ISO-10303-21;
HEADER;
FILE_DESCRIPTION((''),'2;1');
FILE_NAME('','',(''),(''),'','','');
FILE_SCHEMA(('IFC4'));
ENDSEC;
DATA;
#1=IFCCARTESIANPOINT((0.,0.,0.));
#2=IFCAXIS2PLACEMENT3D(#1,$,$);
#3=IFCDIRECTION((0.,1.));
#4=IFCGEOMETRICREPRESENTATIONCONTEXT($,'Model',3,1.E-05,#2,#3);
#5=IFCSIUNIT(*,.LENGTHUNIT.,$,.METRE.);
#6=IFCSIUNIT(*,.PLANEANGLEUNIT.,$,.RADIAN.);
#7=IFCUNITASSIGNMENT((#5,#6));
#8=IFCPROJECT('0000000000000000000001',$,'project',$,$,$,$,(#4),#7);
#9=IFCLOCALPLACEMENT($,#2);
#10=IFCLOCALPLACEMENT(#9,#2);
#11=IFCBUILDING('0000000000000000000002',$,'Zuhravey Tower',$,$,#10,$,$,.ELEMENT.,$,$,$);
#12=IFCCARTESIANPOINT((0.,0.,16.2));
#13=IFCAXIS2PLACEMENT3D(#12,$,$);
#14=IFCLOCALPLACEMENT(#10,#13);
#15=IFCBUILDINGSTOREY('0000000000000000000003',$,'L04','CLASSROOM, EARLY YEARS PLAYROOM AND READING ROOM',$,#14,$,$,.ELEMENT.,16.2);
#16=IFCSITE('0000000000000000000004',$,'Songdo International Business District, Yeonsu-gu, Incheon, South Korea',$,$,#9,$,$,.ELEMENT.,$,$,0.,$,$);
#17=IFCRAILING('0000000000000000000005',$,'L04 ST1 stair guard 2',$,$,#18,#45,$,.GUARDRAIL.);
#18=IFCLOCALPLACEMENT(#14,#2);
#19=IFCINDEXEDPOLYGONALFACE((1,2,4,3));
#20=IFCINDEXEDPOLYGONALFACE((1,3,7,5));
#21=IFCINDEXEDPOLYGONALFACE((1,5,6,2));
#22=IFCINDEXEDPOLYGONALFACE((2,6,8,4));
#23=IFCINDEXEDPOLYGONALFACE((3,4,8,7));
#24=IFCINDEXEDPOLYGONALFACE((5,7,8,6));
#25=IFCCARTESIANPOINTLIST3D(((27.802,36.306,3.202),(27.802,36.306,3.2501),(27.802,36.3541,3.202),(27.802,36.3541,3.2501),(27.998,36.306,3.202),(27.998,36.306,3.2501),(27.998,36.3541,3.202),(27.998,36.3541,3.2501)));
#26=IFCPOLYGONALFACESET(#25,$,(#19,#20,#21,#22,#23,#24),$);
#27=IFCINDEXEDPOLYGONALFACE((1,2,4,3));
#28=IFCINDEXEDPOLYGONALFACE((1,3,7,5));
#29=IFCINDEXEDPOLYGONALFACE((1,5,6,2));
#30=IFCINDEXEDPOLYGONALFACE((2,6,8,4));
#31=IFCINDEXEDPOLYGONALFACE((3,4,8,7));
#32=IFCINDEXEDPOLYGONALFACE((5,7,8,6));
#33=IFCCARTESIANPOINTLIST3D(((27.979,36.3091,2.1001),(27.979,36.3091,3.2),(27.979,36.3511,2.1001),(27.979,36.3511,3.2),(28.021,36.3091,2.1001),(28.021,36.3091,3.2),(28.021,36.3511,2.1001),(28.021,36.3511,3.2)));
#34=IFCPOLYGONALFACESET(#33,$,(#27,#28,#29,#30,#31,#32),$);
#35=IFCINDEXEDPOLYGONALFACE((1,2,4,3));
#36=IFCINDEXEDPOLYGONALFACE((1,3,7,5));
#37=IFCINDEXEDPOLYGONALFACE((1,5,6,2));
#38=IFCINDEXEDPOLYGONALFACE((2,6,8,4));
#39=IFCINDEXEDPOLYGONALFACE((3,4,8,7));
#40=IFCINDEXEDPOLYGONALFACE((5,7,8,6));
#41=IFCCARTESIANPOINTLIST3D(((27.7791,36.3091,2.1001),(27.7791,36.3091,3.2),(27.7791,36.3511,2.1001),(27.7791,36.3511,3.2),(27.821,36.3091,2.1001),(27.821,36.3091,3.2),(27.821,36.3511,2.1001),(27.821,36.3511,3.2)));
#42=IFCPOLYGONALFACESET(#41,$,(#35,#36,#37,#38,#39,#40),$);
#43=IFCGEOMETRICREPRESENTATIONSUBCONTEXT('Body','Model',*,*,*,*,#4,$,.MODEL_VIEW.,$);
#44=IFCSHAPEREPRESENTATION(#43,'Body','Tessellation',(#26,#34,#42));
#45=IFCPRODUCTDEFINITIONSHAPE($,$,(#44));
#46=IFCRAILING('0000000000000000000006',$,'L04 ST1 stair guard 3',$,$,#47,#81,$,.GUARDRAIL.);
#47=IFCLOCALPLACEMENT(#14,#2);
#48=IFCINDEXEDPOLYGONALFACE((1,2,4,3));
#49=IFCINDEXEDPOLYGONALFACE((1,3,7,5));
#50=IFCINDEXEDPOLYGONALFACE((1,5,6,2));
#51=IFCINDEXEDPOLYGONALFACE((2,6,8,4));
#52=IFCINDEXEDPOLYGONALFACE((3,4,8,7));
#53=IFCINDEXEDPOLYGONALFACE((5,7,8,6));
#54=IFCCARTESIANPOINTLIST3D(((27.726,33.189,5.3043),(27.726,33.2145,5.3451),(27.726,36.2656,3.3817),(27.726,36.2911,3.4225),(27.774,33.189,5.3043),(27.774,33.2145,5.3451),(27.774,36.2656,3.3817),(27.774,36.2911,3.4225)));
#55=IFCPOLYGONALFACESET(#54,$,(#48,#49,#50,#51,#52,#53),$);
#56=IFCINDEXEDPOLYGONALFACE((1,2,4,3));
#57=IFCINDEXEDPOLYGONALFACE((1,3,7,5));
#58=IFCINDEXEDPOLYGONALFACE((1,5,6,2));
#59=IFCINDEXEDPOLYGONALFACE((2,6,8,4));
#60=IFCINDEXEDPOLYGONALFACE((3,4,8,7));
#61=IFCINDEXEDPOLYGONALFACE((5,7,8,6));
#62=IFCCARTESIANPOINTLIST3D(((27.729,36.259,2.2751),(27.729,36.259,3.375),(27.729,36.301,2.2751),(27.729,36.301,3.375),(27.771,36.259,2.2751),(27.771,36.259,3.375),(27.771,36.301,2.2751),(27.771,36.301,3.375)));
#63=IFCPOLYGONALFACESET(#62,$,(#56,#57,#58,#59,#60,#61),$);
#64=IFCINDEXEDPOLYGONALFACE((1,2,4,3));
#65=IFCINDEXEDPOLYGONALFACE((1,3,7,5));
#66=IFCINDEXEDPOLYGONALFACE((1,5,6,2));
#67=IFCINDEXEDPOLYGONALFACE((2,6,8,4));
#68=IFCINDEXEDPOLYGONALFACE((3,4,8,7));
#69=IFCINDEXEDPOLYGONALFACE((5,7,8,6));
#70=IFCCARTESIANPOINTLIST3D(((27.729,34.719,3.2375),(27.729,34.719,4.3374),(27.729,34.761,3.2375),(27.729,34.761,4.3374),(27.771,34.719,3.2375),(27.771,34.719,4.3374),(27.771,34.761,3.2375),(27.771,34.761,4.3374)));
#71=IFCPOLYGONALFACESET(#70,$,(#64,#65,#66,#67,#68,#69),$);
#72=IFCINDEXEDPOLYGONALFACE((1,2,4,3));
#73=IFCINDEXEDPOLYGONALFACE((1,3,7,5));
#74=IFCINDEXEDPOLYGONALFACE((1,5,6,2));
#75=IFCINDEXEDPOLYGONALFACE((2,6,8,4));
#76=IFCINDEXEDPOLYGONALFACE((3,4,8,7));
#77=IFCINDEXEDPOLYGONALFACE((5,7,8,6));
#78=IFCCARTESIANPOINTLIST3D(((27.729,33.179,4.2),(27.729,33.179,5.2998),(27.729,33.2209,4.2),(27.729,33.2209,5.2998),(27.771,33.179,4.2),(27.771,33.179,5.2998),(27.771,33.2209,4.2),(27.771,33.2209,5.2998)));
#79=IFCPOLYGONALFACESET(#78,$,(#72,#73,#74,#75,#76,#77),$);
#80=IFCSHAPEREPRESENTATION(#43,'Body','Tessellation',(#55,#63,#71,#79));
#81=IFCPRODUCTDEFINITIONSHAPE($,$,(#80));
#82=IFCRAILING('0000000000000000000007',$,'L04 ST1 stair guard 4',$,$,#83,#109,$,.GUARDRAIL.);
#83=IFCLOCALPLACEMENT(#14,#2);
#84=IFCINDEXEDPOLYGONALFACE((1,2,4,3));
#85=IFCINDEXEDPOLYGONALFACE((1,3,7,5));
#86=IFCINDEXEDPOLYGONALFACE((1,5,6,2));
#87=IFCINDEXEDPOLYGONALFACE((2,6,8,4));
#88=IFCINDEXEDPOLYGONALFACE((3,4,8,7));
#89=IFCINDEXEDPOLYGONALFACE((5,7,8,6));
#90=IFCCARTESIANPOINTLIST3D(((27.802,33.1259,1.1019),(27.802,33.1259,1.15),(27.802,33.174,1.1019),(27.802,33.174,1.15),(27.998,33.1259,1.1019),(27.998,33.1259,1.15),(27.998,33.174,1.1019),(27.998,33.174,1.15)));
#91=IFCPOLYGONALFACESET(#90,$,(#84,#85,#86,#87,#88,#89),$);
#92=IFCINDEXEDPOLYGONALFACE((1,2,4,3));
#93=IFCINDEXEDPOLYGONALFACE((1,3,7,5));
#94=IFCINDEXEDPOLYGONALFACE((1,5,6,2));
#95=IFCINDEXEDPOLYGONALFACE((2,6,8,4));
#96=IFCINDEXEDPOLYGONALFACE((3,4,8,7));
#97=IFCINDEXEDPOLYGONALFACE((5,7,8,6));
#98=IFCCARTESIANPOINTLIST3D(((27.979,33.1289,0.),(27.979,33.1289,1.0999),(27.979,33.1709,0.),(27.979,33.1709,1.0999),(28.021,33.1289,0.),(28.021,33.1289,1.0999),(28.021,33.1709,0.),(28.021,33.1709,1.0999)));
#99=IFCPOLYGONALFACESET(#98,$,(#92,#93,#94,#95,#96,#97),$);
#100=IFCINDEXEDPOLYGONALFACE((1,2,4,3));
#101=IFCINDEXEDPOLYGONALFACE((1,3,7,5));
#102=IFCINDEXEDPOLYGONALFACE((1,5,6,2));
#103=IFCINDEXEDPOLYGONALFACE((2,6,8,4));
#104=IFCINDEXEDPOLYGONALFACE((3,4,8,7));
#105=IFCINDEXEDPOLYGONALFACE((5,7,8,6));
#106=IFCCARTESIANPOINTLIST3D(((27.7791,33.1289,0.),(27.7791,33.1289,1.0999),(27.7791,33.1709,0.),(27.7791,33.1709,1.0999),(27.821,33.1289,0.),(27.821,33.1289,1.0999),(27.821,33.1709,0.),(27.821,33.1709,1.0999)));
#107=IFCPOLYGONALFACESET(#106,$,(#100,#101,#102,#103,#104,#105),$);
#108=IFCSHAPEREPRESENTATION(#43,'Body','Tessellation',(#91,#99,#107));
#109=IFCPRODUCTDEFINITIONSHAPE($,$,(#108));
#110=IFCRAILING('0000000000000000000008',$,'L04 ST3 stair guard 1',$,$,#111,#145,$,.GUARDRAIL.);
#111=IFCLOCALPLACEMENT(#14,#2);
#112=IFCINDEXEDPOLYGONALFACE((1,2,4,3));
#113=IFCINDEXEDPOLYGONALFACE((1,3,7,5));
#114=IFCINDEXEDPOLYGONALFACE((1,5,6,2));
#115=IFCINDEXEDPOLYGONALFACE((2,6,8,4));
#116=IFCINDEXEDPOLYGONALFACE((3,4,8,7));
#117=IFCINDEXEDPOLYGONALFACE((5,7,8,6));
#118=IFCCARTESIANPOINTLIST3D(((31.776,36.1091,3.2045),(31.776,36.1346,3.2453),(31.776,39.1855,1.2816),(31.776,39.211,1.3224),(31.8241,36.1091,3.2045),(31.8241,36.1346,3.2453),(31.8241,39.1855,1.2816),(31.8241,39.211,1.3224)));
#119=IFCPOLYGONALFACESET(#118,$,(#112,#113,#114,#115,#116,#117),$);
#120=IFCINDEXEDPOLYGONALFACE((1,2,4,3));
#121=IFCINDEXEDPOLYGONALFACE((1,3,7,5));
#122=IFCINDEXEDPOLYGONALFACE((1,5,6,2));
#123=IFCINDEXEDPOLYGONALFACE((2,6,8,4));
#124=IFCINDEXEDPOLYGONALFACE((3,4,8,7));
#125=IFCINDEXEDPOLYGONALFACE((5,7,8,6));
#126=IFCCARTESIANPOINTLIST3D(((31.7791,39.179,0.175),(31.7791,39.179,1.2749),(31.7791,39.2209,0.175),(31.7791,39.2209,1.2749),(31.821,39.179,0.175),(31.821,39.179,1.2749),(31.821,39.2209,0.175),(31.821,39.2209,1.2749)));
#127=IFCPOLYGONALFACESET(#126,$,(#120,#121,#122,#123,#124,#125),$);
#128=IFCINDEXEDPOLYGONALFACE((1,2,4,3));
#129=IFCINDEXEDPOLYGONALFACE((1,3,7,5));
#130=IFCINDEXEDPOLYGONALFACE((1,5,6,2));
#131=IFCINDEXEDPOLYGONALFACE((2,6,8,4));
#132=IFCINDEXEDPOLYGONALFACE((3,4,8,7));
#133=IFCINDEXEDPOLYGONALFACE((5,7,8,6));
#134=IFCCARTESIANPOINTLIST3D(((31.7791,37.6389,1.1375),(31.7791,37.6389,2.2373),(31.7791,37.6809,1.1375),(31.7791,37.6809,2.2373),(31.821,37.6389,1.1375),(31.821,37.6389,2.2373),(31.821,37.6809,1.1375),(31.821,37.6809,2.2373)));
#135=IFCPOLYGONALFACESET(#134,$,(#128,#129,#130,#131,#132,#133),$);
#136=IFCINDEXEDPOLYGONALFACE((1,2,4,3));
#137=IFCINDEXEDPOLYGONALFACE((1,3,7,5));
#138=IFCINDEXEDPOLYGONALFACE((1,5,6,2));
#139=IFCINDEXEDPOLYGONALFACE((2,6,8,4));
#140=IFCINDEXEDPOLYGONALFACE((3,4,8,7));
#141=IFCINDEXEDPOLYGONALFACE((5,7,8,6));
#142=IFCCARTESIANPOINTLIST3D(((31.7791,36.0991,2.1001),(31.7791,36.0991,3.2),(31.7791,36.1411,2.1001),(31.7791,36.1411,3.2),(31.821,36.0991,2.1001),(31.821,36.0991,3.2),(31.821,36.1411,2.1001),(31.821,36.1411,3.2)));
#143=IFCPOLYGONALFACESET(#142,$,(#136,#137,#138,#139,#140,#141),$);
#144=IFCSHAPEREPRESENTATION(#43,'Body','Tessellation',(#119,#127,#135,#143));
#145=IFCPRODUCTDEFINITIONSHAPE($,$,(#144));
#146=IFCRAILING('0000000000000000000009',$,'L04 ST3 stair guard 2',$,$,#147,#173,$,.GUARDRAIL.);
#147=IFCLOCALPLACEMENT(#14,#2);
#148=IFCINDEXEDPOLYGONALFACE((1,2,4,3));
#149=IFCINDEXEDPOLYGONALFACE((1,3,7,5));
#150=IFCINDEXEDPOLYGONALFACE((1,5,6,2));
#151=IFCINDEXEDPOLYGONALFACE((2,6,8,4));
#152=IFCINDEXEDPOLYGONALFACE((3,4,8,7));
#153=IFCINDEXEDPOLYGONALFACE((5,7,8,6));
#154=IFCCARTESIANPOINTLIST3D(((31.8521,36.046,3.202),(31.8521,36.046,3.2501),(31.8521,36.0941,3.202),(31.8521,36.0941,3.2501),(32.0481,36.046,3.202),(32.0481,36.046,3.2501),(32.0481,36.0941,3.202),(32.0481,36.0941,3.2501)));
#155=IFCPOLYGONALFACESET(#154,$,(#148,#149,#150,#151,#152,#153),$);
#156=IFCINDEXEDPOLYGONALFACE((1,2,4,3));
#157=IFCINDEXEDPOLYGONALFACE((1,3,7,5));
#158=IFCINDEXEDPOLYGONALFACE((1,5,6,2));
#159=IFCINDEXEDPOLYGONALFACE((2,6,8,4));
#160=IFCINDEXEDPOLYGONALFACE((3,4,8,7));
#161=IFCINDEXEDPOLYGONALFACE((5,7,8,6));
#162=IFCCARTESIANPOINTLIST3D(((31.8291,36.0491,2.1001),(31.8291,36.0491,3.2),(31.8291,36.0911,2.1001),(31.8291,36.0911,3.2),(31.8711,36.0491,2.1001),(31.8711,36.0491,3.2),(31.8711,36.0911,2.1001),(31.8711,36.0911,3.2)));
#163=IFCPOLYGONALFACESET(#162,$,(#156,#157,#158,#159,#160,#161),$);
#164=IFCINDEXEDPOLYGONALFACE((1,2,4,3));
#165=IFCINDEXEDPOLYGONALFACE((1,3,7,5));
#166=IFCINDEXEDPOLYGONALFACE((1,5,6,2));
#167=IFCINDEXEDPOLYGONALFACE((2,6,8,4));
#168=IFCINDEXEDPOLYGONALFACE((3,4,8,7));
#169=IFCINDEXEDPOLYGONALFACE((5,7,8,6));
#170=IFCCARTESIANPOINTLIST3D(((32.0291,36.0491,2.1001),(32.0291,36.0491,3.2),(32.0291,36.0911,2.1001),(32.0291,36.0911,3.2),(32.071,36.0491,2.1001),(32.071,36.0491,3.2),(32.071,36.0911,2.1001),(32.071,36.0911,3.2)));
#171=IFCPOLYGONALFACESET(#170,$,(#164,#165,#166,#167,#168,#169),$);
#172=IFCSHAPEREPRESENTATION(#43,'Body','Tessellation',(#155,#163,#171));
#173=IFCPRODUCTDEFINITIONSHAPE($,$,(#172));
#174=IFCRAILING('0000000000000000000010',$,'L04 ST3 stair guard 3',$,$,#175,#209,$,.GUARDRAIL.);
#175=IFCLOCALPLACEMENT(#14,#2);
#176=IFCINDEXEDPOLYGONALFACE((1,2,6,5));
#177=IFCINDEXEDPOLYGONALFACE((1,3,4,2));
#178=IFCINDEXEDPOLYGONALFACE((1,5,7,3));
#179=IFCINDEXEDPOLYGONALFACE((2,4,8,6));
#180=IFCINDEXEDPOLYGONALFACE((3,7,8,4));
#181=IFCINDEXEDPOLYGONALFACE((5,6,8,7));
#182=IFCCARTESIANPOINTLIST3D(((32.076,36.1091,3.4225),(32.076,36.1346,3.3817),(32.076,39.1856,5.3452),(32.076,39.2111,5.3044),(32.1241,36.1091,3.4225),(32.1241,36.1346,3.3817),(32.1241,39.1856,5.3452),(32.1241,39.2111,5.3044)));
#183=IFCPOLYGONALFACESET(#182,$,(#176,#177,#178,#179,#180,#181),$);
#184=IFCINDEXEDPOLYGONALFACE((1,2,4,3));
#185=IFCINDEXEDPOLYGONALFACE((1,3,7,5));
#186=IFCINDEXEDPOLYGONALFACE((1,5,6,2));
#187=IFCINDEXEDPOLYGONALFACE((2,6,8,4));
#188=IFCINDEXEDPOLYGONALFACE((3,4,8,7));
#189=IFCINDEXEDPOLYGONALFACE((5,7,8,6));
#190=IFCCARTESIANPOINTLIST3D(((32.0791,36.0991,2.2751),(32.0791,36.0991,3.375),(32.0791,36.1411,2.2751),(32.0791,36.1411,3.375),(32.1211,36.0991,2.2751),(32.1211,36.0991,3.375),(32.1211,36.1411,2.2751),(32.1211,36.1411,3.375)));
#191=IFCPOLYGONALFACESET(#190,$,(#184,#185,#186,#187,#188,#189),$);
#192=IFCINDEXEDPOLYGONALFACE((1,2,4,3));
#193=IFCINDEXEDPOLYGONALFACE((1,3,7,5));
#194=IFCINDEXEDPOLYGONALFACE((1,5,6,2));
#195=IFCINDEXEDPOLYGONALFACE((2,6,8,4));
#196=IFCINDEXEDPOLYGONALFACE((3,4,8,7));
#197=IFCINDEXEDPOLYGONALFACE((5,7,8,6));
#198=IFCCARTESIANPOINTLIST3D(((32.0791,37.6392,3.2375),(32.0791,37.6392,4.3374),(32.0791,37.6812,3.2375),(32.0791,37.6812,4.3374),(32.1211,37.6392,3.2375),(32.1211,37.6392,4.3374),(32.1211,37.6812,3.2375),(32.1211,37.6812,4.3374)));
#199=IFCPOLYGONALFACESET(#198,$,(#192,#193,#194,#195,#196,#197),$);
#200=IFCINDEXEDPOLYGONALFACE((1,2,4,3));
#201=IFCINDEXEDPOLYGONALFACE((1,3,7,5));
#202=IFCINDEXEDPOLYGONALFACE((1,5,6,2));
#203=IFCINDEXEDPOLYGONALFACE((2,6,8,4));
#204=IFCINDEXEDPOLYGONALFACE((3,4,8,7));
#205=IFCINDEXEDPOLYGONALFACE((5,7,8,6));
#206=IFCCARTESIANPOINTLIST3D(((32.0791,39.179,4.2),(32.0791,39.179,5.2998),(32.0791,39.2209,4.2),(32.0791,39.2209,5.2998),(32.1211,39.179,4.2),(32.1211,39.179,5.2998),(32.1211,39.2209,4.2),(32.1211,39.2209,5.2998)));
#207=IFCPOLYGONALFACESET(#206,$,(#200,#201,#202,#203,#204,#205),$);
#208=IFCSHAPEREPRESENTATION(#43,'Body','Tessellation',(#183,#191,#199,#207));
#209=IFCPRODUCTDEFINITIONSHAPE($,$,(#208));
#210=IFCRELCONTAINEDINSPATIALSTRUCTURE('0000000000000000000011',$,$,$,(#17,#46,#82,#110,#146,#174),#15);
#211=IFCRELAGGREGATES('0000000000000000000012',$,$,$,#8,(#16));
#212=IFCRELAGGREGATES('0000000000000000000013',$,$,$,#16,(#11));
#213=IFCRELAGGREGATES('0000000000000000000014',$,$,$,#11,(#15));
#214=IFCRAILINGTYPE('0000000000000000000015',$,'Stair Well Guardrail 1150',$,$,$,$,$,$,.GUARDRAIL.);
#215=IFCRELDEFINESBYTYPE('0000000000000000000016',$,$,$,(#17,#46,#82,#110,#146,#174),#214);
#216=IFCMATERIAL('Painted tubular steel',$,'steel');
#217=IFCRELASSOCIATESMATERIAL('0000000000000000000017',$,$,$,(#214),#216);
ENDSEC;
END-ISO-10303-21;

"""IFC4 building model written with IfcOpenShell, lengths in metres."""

from ifc_helpers import new_model, si_unit, direction, frame, origin, origin_2d, place, context, subcontext, project, spatial, rectangle, extrude, material, type_object, element, save


model = new_model("IFC4")

# Units and contexts
model_context = context("Model", 3, precision=1e-05, world=origin(), true_north=direction((0.0, 1.0)))
body_context = subcontext(model_context, "Body", "Model", "MODEL_VIEW")
ifc_project = project(units=[si_unit("LENGTHUNIT", "METRE"), si_unit("PLANEANGLEUNIT", "RADIAN")], contexts=[model_context])

# Site, building, storey
site_placement = place(None, origin())
site = spatial("IfcSite", under=ifc_project, at=site_placement, Name="Songdo International Business District, Yeonsu-gu, Incheon, South Korea", CompositionType="ELEMENT", RefElevation=0.0)
building_placement = place(site_placement, origin())
building = spatial("IfcBuilding", under=site, at=building_placement, Name="Zuhravey Tower", CompositionType="ELEMENT")
storey_placement = place(building_placement, frame((0.0, 0.0, 16.2)))
storey = spatial("IfcBuildingStorey", under=building, at=storey_placement, Name="L04", Description="CLASSROOM, EARLY YEARS PLAYROOM AND READING ROOM", CompositionType="ELEMENT", Elevation=16.2)

# Railings
ifc_material_1 = material(Name="Painted tubular steel", Category="steel")
railing_type_1 = type_object("IfcRailingType", Name="Stair Well Guardrail 1150", PredefinedType="GUARDRAIL", material=ifc_material_1)
railing_1_placement = place(storey_placement, frame((28.0, 36.3301, 2.1001)))
element("IfcRailing", 1, at=railing_1_placement, inside=storey, type_object=railing_type_1, Name="L04 ST1 stair guard 2", PredefinedType="GUARDRAIL", context=body_context, shape_type="SweptSolid", body=[
    extrude(rectangle(XDim=0.0481, YDim=0.0481, at=origin_2d()), frame((-0.002, 0.0, 1.126), z_axis=(-1.0, 0.0, 0.0), x_axis=(0.0, -1.0, 0.0)), (0.0, 0.0, 1.0), 0.196),
    extrude(rectangle(XDim=0.042, YDim=0.042, at=origin_2d()), origin(), (0.0, 0.0, 1.0), 1.0999),
    extrude(rectangle(XDim=0.042, YDim=0.042, at=origin_2d()), frame((-0.2, 0.0, 0.0)), (0.0, 0.0, 1.0), 1.0999),
])
railing_2_placement = place(storey_placement, frame((27.75, 36.28, 2.2751)))
element("IfcRailing", 2, at=railing_2_placement, inside=storey, type_object=railing_type_1, Name="L04 ST1 stair guard 3", PredefinedType="GUARDRAIL", context=body_context, shape_type="SweptSolid", body=[
    extrude(rectangle(XDim=0.0481, YDim=0.0481, at=origin_2d()), frame((0.0, -0.0017, 1.127), z_axis=(0.0, -0.848029, 0.529951), x_axis=(1.0, 0.0, 0.0)), (0.0, 0.0, 1.0), 3.6279),
    extrude(rectangle(XDim=0.042, YDim=0.042, at=origin_2d()), origin(), (0.0, 0.0, 1.0), 1.0999),
    extrude(rectangle(XDim=0.042, YDim=0.042, at=origin_2d()), frame((0.0, -1.54, 0.9624)), (0.0, 0.0, 1.0), 1.0999),
    extrude(rectangle(XDim=0.042, YDim=0.042, at=origin_2d()), frame((0.0, -3.0801, 1.9248)), (0.0, 0.0, 1.0), 1.0999),
])
railing_3_placement = place(storey_placement, frame((28.0, 33.1499, 0.0)))
element("IfcRailing", 3, at=railing_3_placement, inside=storey, type_object=railing_type_1, Name="L04 ST1 stair guard 4", PredefinedType="GUARDRAIL", context=body_context, shape_type="SweptSolid", body=[
    extrude(rectangle(XDim=0.0481, YDim=0.0481, at=origin_2d()), frame((-0.002, 0.0, 1.126), z_axis=(-1.0, 0.0, 0.0), x_axis=(0.0, -1.0, 0.0)), (0.0, 0.0, 1.0), 0.196),
    extrude(rectangle(XDim=0.042, YDim=0.042, at=origin_2d()), origin(), (0.0, 0.0, 1.0), 1.0999),
    extrude(rectangle(XDim=0.042, YDim=0.042, at=origin_2d()), frame((-0.2, 0.0, 0.0)), (0.0, 0.0, 1.0), 1.0999),
])
railing_4_placement = place(storey_placement, frame((31.8, 39.2, 0.175)))
element("IfcRailing", 4, at=railing_4_placement, inside=storey, type_object=railing_type_1, Name="L04 ST3 stair guard 1", PredefinedType="GUARDRAIL", context=body_context, shape_type="SweptSolid", body=[
    extrude(rectangle(XDim=0.0481, YDim=0.0481, at=origin_2d()), frame((0.0, -0.0017, 1.127), z_axis=(0.0, -0.847979, 0.530029), x_axis=(1.0, 0.0, 0.0)), (0.0, 0.0, 1.0), 3.6279),
    extrude(rectangle(XDim=0.042, YDim=0.042, at=origin_2d()), origin(), (0.0, 0.0, 1.0), 1.0999),
    extrude(rectangle(XDim=0.042, YDim=0.042, at=origin_2d()), frame((0.0, -1.54, 0.9624)), (0.0, 0.0, 1.0), 1.0999),
    extrude(rectangle(XDim=0.042, YDim=0.042, at=origin_2d()), frame((0.0, -3.0798, 1.925)), (0.0, 0.0, 1.0), 1.0999),
])
railing_5_placement = place(storey_placement, frame((31.8501, 36.0701, 2.1001)))
element("IfcRailing", 5, at=railing_5_placement, inside=storey, type_object=railing_type_1, Name="L04 ST3 stair guard 2", PredefinedType="GUARDRAIL", context=body_context, shape_type="SweptSolid", body=[
    extrude(rectangle(XDim=0.0481, YDim=0.0481, at=origin_2d()), frame((0.002, 0.0, 1.126), z_axis=(1.0, 0.0, 0.0), x_axis=(0.0, 1.0, 0.0)), (0.0, 0.0, 1.0), 0.196),
    extrude(rectangle(XDim=0.042, YDim=0.042, at=origin_2d()), origin(), (0.0, 0.0, 1.0), 1.0999),
    extrude(rectangle(XDim=0.042, YDim=0.042, at=origin_2d()), frame((0.2, 0.0, 0.0)), (0.0, 0.0, 1.0), 1.0999),
])
railing_6_placement = place(storey_placement, frame((32.1001, 36.1201, 2.2751)))
element("IfcRailing", 6, at=railing_6_placement, inside=storey, type_object=railing_type_1, Name="L04 ST3 stair guard 3", PredefinedType="GUARDRAIL", context=body_context, shape_type="SweptSolid", body=[
    extrude(rectangle(XDim=0.0481, YDim=0.0481, at=origin_2d()), frame((0.0, 0.0017, 1.127), z_axis=(0.0, 0.84801, 0.529981), x_axis=(-1.0, 0.0, 0.0)), (0.0, 0.0, 1.0), 3.6279),
    extrude(rectangle(XDim=0.042, YDim=0.042, at=origin_2d()), origin(), (0.0, 0.0, 1.0), 1.0999),
    extrude(rectangle(XDim=0.042, YDim=0.042, at=origin_2d()), frame((0.0, 1.54, 0.9624)), (0.0, 0.0, 1.0), 1.0999),
    extrude(rectangle(XDim=0.042, YDim=0.042, at=origin_2d()), frame((0.0, 3.0798, 1.9248)), (0.0, 0.0, 1.0), 1.0999),
])

save(model, "model.ifc")
